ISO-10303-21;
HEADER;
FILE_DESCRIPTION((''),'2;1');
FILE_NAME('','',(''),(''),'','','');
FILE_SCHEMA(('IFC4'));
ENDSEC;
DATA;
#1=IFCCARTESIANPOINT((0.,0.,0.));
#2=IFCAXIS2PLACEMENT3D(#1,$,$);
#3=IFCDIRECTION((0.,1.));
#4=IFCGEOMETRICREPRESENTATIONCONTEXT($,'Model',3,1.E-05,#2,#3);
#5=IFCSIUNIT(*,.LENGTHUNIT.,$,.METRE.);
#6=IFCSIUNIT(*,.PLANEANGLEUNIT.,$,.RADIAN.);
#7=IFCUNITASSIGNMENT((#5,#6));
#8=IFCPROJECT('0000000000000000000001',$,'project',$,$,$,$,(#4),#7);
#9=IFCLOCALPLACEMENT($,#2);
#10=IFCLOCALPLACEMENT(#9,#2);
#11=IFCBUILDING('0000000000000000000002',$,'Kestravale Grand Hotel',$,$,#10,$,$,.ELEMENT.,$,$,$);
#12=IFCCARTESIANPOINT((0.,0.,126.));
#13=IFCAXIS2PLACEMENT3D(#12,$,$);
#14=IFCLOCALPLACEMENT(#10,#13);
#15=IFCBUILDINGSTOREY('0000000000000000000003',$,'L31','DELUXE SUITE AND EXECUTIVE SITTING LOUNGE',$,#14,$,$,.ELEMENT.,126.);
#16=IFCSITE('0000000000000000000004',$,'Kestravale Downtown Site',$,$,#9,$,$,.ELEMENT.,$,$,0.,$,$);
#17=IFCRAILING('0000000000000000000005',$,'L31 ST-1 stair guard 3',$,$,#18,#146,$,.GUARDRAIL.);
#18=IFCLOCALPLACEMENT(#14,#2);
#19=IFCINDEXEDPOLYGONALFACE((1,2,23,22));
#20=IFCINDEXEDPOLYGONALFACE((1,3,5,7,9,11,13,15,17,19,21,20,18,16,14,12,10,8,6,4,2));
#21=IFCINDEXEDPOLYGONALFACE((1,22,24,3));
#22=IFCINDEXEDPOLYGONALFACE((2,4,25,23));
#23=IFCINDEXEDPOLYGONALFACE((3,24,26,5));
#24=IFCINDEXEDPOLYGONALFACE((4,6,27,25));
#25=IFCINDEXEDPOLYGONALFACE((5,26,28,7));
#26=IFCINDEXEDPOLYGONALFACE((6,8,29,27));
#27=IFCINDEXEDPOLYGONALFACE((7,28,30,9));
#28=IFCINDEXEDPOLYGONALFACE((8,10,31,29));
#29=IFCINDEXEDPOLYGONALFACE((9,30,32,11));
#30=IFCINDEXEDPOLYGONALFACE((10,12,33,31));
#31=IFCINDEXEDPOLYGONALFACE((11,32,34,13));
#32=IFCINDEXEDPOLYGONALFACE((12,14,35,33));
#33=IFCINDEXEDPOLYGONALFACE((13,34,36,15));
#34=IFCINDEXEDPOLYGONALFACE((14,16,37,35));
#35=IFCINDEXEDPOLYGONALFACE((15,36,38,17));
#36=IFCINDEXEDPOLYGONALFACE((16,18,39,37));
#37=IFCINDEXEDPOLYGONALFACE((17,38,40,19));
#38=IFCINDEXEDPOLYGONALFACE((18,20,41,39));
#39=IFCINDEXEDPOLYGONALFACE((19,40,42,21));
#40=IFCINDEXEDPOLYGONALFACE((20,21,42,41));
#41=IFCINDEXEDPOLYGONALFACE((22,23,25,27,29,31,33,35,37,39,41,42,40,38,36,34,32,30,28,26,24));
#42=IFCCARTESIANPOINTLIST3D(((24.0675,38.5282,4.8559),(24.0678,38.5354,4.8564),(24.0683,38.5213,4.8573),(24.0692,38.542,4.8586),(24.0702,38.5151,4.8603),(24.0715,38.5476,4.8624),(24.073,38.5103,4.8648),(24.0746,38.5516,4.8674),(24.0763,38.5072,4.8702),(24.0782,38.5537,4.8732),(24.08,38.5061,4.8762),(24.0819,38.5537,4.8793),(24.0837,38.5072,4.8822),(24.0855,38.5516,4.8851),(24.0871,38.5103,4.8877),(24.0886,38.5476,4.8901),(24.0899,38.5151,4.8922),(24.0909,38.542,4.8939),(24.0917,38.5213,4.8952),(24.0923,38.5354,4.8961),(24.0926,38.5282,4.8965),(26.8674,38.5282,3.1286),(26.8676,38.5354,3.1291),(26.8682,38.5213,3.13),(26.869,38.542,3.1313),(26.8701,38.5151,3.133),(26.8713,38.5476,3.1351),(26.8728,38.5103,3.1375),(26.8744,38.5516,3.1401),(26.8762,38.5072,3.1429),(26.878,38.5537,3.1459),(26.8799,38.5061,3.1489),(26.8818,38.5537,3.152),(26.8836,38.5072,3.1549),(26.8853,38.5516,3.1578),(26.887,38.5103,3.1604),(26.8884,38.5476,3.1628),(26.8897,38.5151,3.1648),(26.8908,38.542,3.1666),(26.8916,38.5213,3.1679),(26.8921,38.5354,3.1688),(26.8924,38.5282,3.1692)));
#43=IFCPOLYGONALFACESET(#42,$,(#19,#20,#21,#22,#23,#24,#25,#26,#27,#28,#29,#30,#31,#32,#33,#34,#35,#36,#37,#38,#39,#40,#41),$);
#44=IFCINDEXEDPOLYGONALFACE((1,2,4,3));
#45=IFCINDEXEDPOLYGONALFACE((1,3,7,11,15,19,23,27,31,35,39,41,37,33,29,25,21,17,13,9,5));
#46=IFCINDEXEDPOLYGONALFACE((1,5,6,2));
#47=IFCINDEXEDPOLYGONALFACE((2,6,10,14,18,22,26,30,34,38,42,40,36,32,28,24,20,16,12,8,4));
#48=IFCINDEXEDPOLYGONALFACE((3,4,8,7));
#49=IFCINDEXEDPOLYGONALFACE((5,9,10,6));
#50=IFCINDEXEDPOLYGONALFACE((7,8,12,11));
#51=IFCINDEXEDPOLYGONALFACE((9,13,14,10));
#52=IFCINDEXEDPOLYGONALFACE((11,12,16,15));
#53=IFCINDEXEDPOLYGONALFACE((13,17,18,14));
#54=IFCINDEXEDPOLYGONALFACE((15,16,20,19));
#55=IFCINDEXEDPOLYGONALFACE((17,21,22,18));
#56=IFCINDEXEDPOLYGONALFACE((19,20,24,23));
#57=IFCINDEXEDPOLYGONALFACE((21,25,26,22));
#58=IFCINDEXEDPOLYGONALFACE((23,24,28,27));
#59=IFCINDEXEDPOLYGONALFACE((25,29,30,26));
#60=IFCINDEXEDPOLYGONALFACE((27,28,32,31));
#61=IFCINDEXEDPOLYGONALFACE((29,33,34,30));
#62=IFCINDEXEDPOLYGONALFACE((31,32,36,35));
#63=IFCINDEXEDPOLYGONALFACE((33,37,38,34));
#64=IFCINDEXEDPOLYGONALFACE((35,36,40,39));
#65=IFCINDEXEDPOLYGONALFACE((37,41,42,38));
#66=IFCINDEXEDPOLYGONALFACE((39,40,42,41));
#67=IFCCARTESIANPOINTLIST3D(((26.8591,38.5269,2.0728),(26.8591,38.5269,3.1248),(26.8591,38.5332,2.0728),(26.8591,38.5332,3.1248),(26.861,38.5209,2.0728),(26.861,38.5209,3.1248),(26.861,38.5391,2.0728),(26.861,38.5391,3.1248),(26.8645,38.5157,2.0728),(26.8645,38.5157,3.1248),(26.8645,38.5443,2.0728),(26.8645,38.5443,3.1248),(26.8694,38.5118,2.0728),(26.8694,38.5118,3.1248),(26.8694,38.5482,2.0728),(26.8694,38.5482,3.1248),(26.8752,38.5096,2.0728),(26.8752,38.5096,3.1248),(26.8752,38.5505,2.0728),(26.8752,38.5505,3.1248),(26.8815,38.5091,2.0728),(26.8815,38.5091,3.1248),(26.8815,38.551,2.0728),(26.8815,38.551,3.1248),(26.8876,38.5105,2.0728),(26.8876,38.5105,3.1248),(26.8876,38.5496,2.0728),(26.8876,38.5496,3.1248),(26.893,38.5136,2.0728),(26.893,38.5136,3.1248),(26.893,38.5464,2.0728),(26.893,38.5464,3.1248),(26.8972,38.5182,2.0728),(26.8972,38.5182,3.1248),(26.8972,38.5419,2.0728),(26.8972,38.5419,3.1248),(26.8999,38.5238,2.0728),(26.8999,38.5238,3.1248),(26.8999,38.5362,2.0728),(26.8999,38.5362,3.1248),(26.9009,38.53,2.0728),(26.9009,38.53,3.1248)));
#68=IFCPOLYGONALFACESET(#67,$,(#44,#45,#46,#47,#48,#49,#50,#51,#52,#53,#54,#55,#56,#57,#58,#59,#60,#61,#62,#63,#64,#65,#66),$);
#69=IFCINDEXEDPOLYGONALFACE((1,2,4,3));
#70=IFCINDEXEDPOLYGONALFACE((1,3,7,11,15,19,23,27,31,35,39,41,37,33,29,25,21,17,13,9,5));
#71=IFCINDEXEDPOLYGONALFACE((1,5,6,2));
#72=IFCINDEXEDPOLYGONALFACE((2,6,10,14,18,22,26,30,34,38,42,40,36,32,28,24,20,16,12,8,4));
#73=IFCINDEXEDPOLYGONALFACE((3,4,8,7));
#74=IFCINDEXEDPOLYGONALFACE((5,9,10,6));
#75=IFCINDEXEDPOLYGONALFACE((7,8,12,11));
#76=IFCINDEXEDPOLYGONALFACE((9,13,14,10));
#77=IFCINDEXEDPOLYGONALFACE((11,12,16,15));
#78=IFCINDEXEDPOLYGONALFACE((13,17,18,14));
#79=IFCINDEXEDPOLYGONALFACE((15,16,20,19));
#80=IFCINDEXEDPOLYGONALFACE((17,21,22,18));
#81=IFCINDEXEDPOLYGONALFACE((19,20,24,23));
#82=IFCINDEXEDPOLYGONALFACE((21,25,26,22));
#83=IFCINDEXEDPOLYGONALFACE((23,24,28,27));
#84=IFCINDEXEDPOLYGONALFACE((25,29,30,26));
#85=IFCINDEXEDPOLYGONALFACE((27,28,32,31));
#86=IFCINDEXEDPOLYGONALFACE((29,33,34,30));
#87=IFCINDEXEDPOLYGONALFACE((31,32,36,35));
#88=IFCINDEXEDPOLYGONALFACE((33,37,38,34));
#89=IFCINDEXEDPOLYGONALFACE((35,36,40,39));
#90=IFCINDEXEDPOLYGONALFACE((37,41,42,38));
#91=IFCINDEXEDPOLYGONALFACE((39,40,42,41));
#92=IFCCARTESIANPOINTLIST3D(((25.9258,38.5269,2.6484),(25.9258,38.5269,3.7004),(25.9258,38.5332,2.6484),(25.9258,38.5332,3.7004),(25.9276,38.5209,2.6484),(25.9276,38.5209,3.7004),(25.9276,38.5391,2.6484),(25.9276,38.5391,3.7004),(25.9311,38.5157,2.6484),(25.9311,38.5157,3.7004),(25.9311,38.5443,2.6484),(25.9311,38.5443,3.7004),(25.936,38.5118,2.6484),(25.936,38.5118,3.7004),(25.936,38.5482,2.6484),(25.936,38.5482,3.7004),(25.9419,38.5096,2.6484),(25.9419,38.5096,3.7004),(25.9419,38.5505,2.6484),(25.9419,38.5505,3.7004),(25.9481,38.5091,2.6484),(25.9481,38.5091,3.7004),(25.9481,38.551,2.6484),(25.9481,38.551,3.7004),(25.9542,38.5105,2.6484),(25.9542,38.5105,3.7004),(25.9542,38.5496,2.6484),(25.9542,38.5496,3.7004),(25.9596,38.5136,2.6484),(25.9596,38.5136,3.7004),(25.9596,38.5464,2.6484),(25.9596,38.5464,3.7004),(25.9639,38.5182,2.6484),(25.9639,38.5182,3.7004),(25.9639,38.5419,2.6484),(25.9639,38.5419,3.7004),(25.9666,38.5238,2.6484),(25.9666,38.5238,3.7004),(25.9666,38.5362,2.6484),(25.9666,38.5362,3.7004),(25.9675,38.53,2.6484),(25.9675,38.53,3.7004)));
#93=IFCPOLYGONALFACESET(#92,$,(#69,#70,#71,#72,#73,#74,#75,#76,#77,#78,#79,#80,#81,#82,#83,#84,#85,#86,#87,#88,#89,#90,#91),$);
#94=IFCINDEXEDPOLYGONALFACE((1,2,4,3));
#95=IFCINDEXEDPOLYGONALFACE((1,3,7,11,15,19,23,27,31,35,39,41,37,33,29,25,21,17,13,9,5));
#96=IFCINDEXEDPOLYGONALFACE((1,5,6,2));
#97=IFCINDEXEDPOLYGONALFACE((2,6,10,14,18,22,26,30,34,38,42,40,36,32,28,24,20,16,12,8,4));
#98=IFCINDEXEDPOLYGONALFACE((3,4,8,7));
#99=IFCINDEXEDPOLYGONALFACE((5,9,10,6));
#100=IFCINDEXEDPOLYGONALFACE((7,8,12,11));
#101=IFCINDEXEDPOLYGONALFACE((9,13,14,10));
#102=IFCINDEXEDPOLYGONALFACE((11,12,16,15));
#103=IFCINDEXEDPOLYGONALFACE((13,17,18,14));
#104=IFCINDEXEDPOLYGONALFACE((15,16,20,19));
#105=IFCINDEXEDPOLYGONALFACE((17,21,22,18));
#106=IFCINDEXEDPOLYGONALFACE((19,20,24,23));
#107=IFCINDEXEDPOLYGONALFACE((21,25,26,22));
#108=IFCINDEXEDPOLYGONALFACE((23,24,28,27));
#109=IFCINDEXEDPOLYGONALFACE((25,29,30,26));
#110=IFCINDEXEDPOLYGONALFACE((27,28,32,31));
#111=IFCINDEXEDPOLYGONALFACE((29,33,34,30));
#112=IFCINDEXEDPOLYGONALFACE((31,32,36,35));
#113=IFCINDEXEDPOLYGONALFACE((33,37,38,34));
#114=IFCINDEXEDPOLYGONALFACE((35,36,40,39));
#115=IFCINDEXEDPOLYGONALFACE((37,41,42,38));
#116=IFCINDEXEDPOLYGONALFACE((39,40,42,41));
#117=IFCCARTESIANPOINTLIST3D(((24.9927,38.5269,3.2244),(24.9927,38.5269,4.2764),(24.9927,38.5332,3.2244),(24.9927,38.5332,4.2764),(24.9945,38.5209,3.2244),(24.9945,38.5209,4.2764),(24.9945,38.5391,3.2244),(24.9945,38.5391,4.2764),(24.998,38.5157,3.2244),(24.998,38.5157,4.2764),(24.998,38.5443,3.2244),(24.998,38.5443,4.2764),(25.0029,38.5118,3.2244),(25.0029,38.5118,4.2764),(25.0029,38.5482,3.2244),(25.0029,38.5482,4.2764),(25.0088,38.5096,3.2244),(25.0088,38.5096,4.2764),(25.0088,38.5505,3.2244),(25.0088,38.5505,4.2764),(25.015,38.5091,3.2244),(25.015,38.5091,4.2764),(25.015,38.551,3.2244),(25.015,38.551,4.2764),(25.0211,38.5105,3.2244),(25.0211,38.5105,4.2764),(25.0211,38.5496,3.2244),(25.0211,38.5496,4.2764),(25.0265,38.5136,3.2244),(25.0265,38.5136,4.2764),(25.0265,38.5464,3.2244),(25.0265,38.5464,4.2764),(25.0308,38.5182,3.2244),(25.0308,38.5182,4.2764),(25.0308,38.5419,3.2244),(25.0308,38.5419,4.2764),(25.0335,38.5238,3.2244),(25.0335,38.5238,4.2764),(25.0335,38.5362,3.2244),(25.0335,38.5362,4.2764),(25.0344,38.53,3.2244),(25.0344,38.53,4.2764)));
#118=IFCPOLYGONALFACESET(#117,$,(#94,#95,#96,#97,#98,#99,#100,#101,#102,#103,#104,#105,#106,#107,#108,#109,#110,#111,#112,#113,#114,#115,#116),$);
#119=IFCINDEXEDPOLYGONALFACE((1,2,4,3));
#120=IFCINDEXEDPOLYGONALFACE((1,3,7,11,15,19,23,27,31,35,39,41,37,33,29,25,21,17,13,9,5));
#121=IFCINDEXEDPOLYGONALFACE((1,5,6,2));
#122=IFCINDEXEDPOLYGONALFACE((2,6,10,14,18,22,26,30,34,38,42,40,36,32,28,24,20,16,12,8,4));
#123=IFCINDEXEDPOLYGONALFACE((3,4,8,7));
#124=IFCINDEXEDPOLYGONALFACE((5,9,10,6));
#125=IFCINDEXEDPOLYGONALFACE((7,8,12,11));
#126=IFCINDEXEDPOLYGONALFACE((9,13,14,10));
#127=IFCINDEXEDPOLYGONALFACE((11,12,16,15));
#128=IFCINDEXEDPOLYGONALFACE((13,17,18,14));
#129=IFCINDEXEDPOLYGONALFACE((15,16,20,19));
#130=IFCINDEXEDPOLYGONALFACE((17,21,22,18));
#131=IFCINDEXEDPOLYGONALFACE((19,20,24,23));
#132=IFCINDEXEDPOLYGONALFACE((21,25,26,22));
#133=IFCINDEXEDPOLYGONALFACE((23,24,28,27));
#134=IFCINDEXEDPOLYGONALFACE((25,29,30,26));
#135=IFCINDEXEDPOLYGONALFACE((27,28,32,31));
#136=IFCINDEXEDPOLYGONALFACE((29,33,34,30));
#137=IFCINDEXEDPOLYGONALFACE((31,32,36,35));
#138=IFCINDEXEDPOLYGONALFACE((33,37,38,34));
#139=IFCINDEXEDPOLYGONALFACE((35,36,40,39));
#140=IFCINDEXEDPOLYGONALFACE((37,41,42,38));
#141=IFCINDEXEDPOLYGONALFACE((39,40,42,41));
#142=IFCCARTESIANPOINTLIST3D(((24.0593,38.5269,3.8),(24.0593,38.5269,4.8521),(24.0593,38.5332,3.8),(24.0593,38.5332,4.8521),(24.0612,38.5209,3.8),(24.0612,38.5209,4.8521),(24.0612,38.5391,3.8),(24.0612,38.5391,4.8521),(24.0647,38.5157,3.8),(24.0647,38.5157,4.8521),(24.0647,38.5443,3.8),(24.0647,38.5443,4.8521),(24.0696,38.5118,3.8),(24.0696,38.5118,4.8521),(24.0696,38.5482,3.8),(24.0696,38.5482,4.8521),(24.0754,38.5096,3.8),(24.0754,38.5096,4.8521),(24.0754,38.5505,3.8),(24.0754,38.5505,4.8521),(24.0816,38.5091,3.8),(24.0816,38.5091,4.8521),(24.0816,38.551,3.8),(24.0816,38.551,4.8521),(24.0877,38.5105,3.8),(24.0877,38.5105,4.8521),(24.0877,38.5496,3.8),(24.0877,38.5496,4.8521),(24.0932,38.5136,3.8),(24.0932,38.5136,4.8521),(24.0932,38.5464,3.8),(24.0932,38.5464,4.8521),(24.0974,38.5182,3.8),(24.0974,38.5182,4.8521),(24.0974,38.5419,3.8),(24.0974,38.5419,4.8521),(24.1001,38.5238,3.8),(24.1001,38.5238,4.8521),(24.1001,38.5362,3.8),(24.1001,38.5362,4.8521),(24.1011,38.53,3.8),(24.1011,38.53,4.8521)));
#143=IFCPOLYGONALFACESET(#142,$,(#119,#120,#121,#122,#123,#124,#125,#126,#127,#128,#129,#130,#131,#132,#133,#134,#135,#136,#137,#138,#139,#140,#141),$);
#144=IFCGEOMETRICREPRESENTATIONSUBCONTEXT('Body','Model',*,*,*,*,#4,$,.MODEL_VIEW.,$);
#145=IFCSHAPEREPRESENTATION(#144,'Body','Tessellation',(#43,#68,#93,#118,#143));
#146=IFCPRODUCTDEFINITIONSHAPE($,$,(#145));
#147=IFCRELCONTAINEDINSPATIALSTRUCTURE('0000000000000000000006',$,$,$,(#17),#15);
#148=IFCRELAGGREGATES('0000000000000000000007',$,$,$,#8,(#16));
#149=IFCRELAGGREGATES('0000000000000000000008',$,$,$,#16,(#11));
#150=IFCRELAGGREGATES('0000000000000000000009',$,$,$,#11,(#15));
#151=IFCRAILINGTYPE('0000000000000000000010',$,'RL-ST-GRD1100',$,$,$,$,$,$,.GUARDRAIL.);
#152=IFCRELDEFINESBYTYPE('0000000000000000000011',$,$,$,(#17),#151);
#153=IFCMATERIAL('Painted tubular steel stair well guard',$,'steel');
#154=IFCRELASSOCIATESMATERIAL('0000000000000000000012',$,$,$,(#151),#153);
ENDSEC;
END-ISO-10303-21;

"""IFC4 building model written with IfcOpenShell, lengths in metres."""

from ifc_helpers import new_model, si_unit, direction, frame, origin, origin_2d, place, context, subcontext, project, spatial, circle, extrude, material, type_object, element, save


model = new_model("IFC4")

# Units and contexts
model_context = context("Model", 3, precision=1e-05, world=origin(), true_north=direction((0.0, 1.0)))
body_context = subcontext(model_context, "Body", "Model", "MODEL_VIEW")
ifc_project = project(units=[si_unit("LENGTHUNIT", "METRE"), si_unit("PLANEANGLEUNIT", "RADIAN")], contexts=[model_context])

# Site, building, storey
site_placement = place(None, origin())
site = spatial("IfcSite", under=ifc_project, at=site_placement, Name="Kestravale Downtown Site", CompositionType="ELEMENT", RefElevation=0.0)
building_placement = place(site_placement, origin())
building = spatial("IfcBuilding", under=site, at=building_placement, Name="Kestravale Grand Hotel", CompositionType="ELEMENT")
storey_placement = place(building_placement, frame((0.0, 0.0, 126.0)))
storey = spatial("IfcBuildingStorey", under=building, at=storey_placement, Name="L31", Description="DELUXE SUITE AND EXECUTIVE SITTING LOUNGE", CompositionType="ELEMENT", Elevation=126.0)

# Railing
ifc_material_1 = material(Name="Painted tubular steel stair well guard", Category="steel")
railing_type_1 = type_object("IfcRailingType", Name="RL-ST-GRD1100", PredefinedType="GUARDRAIL", material=ifc_material_1)
railing_1_placement = place(storey_placement, frame((26.8799, 38.53, 2.0728)))
element("IfcRailing", 1, at=railing_1_placement, inside=storey, type_object=railing_type_1, Name="L31 ST-1 stair guard 3", PredefinedType="GUARDRAIL", context=body_context, shape_type="SweptSolid", body=[
    extrude(circle(Radius=0.0239, at=origin_2d()), frame((0.0, 0.0, 1.0762), z_axis=(-0.851069, 0.0, 0.525054), x_axis=(0.0, -1.0, 0.0)), (0.0, 0.0, 1.0), 3.2898),
    extrude(circle(Radius=0.021, at=origin_2d()), origin(), (0.0, 0.0, 1.0), 1.052),
    extrude(circle(Radius=0.021, at=origin_2d()), frame((-0.9333, 0.0, 0.5757)), (0.0, 0.0, 1.0), 1.052),
    extrude(circle(Radius=0.021, at=origin_2d()), frame((-1.8665, 0.0, 1.1516)), (0.0, 0.0, 1.0), 1.052),
    extrude(circle(Radius=0.021, at=origin_2d()), frame((-2.7998, 0.0, 1.7273)), (0.0, 0.0, 1.0), 1.052),
])

save(model, "model.ifc")
